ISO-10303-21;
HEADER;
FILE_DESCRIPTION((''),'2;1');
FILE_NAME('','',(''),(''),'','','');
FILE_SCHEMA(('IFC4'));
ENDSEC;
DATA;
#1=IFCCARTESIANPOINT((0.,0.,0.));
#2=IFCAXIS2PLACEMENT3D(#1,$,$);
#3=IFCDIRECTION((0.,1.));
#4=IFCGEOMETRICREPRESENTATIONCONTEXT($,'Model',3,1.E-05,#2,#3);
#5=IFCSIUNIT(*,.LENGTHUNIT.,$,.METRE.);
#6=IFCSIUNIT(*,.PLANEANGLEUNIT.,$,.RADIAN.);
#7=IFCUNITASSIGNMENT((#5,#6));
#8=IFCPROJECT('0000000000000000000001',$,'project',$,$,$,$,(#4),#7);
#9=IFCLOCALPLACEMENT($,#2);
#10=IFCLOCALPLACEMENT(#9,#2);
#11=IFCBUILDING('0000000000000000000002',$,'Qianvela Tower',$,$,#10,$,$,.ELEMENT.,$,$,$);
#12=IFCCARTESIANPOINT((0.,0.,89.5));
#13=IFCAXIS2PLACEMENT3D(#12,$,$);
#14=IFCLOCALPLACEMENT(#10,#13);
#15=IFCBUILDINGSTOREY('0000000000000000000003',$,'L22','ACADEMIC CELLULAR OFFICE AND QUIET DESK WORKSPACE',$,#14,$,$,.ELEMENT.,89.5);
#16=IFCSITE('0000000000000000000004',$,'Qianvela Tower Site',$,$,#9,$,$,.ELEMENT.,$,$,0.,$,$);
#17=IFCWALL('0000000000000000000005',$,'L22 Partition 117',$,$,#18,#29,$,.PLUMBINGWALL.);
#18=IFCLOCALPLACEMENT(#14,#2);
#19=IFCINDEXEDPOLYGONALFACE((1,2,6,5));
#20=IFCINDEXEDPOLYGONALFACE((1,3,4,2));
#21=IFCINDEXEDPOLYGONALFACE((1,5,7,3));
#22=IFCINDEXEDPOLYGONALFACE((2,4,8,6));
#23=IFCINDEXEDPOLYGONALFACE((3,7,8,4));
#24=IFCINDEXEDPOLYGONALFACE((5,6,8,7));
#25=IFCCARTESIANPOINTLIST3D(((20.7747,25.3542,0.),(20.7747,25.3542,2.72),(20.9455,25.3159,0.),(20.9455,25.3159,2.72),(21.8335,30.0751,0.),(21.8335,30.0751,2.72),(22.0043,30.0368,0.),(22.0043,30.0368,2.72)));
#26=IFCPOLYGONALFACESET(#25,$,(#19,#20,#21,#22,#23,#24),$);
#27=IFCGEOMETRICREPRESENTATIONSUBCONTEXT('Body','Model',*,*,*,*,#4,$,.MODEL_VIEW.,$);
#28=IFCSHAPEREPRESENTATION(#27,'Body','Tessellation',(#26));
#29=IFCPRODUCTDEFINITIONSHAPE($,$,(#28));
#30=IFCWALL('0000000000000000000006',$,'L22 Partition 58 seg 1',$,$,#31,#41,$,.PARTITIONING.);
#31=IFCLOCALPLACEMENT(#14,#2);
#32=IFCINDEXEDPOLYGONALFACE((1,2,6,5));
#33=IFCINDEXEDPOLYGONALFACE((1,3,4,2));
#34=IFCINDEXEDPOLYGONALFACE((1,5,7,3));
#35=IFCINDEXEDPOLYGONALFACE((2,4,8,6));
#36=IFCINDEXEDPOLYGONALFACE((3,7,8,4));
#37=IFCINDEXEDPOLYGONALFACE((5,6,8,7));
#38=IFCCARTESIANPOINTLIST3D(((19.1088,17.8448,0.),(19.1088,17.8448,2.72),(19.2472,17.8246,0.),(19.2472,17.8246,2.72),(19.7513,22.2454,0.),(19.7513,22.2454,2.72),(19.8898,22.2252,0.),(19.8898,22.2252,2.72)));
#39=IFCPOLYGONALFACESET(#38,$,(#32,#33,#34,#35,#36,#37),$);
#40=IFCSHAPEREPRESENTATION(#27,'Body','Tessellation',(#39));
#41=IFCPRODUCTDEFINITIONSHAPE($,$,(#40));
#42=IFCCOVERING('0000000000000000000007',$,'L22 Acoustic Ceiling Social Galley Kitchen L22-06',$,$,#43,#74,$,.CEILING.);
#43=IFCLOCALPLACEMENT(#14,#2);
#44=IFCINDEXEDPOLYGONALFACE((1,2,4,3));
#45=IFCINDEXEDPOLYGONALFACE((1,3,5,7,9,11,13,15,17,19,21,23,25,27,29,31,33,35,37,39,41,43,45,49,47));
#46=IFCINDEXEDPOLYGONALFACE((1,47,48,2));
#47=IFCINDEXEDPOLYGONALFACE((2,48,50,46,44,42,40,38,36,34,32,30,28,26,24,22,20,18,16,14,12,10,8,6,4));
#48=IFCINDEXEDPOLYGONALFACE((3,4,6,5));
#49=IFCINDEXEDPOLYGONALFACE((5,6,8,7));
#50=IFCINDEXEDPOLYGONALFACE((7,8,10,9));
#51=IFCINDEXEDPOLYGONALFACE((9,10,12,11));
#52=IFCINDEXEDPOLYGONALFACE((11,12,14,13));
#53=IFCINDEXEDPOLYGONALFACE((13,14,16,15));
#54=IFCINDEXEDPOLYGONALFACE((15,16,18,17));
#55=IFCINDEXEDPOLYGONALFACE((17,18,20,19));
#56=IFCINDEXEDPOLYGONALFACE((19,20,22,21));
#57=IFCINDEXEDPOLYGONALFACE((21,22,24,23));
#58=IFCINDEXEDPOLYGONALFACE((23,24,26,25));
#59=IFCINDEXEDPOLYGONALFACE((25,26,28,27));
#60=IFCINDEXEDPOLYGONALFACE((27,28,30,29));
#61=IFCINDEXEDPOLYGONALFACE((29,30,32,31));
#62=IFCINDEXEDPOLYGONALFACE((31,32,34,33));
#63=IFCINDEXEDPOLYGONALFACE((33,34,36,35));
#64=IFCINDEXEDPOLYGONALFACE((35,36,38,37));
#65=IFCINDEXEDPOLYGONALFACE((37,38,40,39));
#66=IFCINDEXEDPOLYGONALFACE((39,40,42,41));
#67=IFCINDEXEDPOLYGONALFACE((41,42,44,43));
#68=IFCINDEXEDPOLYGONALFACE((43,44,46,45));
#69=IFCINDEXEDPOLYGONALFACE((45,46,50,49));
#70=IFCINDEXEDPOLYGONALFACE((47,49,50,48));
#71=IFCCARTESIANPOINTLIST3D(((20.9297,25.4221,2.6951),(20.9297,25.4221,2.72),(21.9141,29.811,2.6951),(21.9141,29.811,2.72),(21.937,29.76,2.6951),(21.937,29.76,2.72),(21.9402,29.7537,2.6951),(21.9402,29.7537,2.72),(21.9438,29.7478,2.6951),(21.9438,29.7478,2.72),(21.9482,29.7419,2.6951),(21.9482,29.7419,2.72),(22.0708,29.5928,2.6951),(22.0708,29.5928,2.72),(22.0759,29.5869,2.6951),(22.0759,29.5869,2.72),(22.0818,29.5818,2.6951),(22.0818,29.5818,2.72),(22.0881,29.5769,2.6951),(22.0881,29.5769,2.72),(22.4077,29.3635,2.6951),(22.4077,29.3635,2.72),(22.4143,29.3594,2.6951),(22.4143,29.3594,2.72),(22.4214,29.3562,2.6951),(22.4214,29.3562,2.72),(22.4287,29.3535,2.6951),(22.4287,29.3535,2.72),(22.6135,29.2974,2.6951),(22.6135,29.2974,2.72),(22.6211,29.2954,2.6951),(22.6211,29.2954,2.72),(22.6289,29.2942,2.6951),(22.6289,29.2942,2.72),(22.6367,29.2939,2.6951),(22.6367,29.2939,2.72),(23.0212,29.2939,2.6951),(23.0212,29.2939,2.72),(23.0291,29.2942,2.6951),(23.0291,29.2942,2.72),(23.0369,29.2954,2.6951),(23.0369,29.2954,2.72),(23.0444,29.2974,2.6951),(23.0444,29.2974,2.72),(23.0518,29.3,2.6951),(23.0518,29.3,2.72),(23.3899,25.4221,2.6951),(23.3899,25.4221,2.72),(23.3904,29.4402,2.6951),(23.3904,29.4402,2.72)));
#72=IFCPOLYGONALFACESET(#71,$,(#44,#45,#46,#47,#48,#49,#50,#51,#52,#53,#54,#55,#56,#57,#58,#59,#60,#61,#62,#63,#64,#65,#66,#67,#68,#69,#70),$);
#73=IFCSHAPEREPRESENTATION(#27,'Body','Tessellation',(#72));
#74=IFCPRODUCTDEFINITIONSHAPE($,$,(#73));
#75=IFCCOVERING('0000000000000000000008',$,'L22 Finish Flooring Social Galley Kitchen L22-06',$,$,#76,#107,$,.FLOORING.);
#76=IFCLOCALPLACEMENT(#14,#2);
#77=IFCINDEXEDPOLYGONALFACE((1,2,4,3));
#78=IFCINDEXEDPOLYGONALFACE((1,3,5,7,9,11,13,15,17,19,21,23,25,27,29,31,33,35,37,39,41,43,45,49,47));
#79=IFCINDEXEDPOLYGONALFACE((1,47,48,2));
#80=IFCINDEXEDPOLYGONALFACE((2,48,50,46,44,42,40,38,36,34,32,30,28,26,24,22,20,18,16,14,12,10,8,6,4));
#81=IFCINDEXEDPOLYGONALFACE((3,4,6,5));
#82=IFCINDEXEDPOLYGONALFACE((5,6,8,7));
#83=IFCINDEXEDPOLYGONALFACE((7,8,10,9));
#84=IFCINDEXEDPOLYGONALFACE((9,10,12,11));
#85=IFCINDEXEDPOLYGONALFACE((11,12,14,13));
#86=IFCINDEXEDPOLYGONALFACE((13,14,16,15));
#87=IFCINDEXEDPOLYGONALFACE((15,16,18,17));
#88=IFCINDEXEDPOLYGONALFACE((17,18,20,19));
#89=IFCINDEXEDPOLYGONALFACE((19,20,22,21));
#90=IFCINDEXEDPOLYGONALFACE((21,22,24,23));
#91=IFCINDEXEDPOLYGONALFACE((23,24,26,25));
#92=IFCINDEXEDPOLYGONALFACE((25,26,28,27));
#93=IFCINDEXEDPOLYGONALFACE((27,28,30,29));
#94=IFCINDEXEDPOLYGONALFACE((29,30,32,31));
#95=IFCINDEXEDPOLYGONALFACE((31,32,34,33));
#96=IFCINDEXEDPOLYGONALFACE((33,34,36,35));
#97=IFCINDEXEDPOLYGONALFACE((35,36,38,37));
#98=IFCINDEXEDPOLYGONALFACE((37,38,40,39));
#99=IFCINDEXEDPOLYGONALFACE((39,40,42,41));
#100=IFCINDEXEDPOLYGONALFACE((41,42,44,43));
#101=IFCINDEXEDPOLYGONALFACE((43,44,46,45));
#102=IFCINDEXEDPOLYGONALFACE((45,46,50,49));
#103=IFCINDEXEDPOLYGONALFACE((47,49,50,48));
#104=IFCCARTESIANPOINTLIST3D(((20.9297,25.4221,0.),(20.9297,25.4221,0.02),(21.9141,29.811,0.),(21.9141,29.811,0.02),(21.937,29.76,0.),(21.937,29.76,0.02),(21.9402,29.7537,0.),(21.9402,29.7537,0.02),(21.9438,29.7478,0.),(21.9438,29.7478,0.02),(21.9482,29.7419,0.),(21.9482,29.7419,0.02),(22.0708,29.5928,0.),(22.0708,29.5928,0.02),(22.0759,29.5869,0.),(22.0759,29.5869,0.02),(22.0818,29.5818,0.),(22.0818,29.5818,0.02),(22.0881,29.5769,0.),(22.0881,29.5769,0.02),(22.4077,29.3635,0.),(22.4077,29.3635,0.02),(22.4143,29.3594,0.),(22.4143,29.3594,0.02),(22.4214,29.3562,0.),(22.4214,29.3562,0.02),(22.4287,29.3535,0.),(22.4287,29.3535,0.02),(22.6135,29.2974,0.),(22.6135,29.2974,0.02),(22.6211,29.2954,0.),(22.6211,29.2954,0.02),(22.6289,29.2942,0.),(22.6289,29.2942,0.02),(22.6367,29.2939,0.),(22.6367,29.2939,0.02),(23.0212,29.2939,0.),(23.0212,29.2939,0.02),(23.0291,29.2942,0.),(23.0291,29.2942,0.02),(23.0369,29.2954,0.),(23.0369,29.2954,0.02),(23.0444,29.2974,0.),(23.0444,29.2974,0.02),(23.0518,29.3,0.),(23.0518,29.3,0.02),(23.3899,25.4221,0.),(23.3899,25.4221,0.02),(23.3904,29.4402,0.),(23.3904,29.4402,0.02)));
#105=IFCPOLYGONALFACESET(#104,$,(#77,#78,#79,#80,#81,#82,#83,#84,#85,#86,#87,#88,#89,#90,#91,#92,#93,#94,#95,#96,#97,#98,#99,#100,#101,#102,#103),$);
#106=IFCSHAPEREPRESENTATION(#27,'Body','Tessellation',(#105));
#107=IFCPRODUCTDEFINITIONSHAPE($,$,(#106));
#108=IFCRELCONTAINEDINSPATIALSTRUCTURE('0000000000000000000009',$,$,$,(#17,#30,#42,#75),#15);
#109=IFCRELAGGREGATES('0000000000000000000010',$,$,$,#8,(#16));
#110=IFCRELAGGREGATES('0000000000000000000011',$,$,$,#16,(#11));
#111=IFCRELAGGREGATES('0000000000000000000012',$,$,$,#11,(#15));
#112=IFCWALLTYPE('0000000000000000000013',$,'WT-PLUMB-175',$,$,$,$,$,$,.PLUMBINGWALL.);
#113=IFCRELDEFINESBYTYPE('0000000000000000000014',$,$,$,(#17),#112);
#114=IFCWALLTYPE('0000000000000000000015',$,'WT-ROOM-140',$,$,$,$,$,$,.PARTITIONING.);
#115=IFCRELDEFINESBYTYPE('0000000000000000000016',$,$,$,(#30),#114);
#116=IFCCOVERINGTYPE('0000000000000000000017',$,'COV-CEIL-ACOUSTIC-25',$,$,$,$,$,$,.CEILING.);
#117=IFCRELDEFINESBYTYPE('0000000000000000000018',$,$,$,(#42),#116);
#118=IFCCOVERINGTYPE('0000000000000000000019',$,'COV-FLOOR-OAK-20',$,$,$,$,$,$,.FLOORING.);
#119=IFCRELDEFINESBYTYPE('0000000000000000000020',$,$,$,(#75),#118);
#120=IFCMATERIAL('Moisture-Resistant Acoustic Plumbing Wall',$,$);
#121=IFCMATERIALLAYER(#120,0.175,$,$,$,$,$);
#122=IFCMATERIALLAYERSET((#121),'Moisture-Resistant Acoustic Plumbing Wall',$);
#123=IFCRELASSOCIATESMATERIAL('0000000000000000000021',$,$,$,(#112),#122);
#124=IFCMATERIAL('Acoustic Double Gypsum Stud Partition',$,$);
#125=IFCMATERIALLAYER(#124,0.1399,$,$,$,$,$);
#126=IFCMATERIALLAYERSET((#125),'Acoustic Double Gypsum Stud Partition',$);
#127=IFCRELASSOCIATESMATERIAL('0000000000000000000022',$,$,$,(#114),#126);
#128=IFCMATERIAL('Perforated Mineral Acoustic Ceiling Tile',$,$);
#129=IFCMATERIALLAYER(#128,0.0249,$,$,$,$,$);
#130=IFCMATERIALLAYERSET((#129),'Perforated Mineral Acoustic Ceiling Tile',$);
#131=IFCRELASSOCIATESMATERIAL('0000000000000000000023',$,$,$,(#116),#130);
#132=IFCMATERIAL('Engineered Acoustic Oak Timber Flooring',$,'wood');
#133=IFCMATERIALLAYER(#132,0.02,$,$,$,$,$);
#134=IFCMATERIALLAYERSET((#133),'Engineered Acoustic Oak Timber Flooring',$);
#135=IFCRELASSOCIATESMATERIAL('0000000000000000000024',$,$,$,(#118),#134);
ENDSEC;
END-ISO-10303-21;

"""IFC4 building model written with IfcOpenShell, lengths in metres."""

from ifc_helpers import new_model, si_unit, direction, frame, frame_2d, origin, place, context, subcontext, project, spatial, polyline, rectangle, outline, extrude, material, layer, layer_set, type_object, element, save


model = new_model("IFC4")

# Units and contexts
model_context = context("Model", 3, precision=1e-05, world=origin(), true_north=direction((0.0, 1.0)))
body_context = subcontext(model_context, "Body", "Model", "MODEL_VIEW")
ifc_project = project(units=[si_unit("LENGTHUNIT", "METRE"), si_unit("PLANEANGLEUNIT", "RADIAN")], contexts=[model_context])

# Site, building, storey
site_placement = place(None, origin())
site = spatial("IfcSite", under=ifc_project, at=site_placement, Name="Qianvela Tower Site", CompositionType="ELEMENT", RefElevation=0.0)
building_placement = place(site_placement, origin())
building = spatial("IfcBuilding", under=site, at=building_placement, Name="Qianvela Tower", CompositionType="ELEMENT")
storey_placement = place(building_placement, frame((0.0, 0.0, 89.5)))
storey = spatial("IfcBuildingStorey", under=building, at=storey_placement, Name="L22", Description="ACADEMIC CELLULAR OFFICE AND QUIET DESK WORKSPACE", CompositionType="ELEMENT", Elevation=89.5)

# Walls
ifc_material_1 = material(Name="Moisture-Resistant Acoustic Plumbing Wall")
ifc_layer_1 = layer(ifc_material_1, 0.175)
ifc_layer_set_1 = layer_set([ifc_layer_1], Name="Moisture-Resistant Acoustic Plumbing Wall")
wall_type_1 = type_object("IfcWallType", Name="WT-PLUMB-175", PredefinedType="PLUMBINGWALL", material=ifc_layer_set_1)
wall_1_placement = place(storey_placement, frame((20.8601, 25.3352, 0.0), z_axis=(0.0, 0.0, 1.0), x_axis=(0.218848, 0.975759, 0.0)))
element("IfcWall", 1, at=wall_1_placement, inside=storey, type_object=wall_type_1, Name="L22 Partition 117", PredefinedType="PLUMBINGWALL", context=body_context, shape_type="SweptSolid", body=[
    extrude(rectangle(XDim=4.8381, YDim=0.175, at=frame_2d((2.4189, 0.0))), origin(), (0.0, 0.0, 1.0), 2.72),
])
ifc_material_2 = material(Name="Acoustic Double Gypsum Stud Partition")
ifc_layer_2 = layer(ifc_material_2, 0.1399)
ifc_layer_set_2 = layer_set([ifc_layer_2], Name="Acoustic Double Gypsum Stud Partition")
wall_type_2 = type_object("IfcWallType", Name="WT-ROOM-140", PredefinedType="PARTITIONING", material=ifc_layer_set_2)
wall_2_placement = place(storey_placement, frame((19.178, 17.8347, 0.0), z_axis=(0.0, 0.0, 1.0), x_axis=(0.144487, 0.989507, 0.0)))
element("IfcWall", 2, at=wall_2_placement, inside=storey, type_object=wall_type_2, Name="L22 Partition 58 seg 1", PredefinedType="PARTITIONING", context=body_context, shape_type="SweptSolid", body=[
    extrude(rectangle(XDim=4.4473, YDim=0.1399, at=frame_2d((2.2236, 0.0))), origin(), (0.0, 0.0, 1.0), 2.72),
])

# Coverings
ifc_material_3 = material(Name="Perforated Mineral Acoustic Ceiling Tile")
ifc_layer_3 = layer(ifc_material_3, 0.0249)
ifc_layer_set_3 = layer_set([ifc_layer_3], Name="Perforated Mineral Acoustic Ceiling Tile")
covering_type_1 = type_object("IfcCoveringType", Name="COV-CEIL-ACOUSTIC-25", PredefinedType="CEILING", material=ifc_layer_set_3)
covering_1_placement = place(storey_placement, frame((0.0, 0.0, 2.6951)))
element("IfcCovering", 3, at=covering_1_placement, inside=storey, type_object=covering_type_1, Name="L22 Acoustic Ceiling Social Galley Kitchen L22-06", PredefinedType="CEILING", context=body_context, shape_type="SweptSolid", body=[
    extrude(outline(polyline([(23.3904, 29.4402), (23.3899, 25.4221), (20.9297, 25.4221), (21.9141, 29.811), (21.937, 29.76), (21.9402, 29.7537), (21.9438, 29.7478), (21.9482, 29.7419), (22.0708, 29.5928), (22.0759, 29.5869), (22.0818, 29.5818), (22.0881, 29.5769), (22.4077, 29.3635), (22.4143, 29.3594), (22.4214, 29.3562), (22.4287, 29.3535), (22.6135, 29.2974), (22.6211, 29.2954), (22.6289, 29.2942), (22.6367, 29.2939), (23.0212, 29.2939), (23.0291, 29.2942), (23.0369, 29.2954), (23.0444, 29.2974), (23.0518, 29.3), (23.3904, 29.4402)])), origin(), (0.0, 0.0, 1.0), 0.0249),
])
ifc_material_4 = material(Name="Engineered Acoustic Oak Timber Flooring", Category="wood")
ifc_layer_4 = layer(ifc_material_4, 0.02)
ifc_layer_set_4 = layer_set([ifc_layer_4], Name="Engineered Acoustic Oak Timber Flooring")
covering_type_2 = type_object("IfcCoveringType", Name="COV-FLOOR-OAK-20", PredefinedType="FLOORING", material=ifc_layer_set_4)
covering_2_placement = place(storey_placement, origin())
element("IfcCovering", 4, at=covering_2_placement, inside=storey, type_object=covering_type_2, Name="L22 Finish Flooring Social Galley Kitchen L22-06", PredefinedType="FLOORING", context=body_context, shape_type="SweptSolid", body=[
    extrude(outline(polyline([(23.3904, 29.4402), (23.3899, 25.4221), (20.9297, 25.4221), (21.9141, 29.811), (21.937, 29.76), (21.9402, 29.7537), (21.9438, 29.7478), (21.9482, 29.7419), (22.0708, 29.5928), (22.0759, 29.5869), (22.0818, 29.5818), (22.0881, 29.5769), (22.4077, 29.3635), (22.4143, 29.3594), (22.4214, 29.3562), (22.4287, 29.3535), (22.6135, 29.2974), (22.6211, 29.2954), (22.6289, 29.2942), (22.6367, 29.2939), (23.0212, 29.2939), (23.0291, 29.2942), (23.0369, 29.2954), (23.0444, 29.2974), (23.0518, 29.3), (23.3904, 29.4402)])), origin(), (0.0, 0.0, 1.0), 0.02),
])

save(model, "model.ifc")
